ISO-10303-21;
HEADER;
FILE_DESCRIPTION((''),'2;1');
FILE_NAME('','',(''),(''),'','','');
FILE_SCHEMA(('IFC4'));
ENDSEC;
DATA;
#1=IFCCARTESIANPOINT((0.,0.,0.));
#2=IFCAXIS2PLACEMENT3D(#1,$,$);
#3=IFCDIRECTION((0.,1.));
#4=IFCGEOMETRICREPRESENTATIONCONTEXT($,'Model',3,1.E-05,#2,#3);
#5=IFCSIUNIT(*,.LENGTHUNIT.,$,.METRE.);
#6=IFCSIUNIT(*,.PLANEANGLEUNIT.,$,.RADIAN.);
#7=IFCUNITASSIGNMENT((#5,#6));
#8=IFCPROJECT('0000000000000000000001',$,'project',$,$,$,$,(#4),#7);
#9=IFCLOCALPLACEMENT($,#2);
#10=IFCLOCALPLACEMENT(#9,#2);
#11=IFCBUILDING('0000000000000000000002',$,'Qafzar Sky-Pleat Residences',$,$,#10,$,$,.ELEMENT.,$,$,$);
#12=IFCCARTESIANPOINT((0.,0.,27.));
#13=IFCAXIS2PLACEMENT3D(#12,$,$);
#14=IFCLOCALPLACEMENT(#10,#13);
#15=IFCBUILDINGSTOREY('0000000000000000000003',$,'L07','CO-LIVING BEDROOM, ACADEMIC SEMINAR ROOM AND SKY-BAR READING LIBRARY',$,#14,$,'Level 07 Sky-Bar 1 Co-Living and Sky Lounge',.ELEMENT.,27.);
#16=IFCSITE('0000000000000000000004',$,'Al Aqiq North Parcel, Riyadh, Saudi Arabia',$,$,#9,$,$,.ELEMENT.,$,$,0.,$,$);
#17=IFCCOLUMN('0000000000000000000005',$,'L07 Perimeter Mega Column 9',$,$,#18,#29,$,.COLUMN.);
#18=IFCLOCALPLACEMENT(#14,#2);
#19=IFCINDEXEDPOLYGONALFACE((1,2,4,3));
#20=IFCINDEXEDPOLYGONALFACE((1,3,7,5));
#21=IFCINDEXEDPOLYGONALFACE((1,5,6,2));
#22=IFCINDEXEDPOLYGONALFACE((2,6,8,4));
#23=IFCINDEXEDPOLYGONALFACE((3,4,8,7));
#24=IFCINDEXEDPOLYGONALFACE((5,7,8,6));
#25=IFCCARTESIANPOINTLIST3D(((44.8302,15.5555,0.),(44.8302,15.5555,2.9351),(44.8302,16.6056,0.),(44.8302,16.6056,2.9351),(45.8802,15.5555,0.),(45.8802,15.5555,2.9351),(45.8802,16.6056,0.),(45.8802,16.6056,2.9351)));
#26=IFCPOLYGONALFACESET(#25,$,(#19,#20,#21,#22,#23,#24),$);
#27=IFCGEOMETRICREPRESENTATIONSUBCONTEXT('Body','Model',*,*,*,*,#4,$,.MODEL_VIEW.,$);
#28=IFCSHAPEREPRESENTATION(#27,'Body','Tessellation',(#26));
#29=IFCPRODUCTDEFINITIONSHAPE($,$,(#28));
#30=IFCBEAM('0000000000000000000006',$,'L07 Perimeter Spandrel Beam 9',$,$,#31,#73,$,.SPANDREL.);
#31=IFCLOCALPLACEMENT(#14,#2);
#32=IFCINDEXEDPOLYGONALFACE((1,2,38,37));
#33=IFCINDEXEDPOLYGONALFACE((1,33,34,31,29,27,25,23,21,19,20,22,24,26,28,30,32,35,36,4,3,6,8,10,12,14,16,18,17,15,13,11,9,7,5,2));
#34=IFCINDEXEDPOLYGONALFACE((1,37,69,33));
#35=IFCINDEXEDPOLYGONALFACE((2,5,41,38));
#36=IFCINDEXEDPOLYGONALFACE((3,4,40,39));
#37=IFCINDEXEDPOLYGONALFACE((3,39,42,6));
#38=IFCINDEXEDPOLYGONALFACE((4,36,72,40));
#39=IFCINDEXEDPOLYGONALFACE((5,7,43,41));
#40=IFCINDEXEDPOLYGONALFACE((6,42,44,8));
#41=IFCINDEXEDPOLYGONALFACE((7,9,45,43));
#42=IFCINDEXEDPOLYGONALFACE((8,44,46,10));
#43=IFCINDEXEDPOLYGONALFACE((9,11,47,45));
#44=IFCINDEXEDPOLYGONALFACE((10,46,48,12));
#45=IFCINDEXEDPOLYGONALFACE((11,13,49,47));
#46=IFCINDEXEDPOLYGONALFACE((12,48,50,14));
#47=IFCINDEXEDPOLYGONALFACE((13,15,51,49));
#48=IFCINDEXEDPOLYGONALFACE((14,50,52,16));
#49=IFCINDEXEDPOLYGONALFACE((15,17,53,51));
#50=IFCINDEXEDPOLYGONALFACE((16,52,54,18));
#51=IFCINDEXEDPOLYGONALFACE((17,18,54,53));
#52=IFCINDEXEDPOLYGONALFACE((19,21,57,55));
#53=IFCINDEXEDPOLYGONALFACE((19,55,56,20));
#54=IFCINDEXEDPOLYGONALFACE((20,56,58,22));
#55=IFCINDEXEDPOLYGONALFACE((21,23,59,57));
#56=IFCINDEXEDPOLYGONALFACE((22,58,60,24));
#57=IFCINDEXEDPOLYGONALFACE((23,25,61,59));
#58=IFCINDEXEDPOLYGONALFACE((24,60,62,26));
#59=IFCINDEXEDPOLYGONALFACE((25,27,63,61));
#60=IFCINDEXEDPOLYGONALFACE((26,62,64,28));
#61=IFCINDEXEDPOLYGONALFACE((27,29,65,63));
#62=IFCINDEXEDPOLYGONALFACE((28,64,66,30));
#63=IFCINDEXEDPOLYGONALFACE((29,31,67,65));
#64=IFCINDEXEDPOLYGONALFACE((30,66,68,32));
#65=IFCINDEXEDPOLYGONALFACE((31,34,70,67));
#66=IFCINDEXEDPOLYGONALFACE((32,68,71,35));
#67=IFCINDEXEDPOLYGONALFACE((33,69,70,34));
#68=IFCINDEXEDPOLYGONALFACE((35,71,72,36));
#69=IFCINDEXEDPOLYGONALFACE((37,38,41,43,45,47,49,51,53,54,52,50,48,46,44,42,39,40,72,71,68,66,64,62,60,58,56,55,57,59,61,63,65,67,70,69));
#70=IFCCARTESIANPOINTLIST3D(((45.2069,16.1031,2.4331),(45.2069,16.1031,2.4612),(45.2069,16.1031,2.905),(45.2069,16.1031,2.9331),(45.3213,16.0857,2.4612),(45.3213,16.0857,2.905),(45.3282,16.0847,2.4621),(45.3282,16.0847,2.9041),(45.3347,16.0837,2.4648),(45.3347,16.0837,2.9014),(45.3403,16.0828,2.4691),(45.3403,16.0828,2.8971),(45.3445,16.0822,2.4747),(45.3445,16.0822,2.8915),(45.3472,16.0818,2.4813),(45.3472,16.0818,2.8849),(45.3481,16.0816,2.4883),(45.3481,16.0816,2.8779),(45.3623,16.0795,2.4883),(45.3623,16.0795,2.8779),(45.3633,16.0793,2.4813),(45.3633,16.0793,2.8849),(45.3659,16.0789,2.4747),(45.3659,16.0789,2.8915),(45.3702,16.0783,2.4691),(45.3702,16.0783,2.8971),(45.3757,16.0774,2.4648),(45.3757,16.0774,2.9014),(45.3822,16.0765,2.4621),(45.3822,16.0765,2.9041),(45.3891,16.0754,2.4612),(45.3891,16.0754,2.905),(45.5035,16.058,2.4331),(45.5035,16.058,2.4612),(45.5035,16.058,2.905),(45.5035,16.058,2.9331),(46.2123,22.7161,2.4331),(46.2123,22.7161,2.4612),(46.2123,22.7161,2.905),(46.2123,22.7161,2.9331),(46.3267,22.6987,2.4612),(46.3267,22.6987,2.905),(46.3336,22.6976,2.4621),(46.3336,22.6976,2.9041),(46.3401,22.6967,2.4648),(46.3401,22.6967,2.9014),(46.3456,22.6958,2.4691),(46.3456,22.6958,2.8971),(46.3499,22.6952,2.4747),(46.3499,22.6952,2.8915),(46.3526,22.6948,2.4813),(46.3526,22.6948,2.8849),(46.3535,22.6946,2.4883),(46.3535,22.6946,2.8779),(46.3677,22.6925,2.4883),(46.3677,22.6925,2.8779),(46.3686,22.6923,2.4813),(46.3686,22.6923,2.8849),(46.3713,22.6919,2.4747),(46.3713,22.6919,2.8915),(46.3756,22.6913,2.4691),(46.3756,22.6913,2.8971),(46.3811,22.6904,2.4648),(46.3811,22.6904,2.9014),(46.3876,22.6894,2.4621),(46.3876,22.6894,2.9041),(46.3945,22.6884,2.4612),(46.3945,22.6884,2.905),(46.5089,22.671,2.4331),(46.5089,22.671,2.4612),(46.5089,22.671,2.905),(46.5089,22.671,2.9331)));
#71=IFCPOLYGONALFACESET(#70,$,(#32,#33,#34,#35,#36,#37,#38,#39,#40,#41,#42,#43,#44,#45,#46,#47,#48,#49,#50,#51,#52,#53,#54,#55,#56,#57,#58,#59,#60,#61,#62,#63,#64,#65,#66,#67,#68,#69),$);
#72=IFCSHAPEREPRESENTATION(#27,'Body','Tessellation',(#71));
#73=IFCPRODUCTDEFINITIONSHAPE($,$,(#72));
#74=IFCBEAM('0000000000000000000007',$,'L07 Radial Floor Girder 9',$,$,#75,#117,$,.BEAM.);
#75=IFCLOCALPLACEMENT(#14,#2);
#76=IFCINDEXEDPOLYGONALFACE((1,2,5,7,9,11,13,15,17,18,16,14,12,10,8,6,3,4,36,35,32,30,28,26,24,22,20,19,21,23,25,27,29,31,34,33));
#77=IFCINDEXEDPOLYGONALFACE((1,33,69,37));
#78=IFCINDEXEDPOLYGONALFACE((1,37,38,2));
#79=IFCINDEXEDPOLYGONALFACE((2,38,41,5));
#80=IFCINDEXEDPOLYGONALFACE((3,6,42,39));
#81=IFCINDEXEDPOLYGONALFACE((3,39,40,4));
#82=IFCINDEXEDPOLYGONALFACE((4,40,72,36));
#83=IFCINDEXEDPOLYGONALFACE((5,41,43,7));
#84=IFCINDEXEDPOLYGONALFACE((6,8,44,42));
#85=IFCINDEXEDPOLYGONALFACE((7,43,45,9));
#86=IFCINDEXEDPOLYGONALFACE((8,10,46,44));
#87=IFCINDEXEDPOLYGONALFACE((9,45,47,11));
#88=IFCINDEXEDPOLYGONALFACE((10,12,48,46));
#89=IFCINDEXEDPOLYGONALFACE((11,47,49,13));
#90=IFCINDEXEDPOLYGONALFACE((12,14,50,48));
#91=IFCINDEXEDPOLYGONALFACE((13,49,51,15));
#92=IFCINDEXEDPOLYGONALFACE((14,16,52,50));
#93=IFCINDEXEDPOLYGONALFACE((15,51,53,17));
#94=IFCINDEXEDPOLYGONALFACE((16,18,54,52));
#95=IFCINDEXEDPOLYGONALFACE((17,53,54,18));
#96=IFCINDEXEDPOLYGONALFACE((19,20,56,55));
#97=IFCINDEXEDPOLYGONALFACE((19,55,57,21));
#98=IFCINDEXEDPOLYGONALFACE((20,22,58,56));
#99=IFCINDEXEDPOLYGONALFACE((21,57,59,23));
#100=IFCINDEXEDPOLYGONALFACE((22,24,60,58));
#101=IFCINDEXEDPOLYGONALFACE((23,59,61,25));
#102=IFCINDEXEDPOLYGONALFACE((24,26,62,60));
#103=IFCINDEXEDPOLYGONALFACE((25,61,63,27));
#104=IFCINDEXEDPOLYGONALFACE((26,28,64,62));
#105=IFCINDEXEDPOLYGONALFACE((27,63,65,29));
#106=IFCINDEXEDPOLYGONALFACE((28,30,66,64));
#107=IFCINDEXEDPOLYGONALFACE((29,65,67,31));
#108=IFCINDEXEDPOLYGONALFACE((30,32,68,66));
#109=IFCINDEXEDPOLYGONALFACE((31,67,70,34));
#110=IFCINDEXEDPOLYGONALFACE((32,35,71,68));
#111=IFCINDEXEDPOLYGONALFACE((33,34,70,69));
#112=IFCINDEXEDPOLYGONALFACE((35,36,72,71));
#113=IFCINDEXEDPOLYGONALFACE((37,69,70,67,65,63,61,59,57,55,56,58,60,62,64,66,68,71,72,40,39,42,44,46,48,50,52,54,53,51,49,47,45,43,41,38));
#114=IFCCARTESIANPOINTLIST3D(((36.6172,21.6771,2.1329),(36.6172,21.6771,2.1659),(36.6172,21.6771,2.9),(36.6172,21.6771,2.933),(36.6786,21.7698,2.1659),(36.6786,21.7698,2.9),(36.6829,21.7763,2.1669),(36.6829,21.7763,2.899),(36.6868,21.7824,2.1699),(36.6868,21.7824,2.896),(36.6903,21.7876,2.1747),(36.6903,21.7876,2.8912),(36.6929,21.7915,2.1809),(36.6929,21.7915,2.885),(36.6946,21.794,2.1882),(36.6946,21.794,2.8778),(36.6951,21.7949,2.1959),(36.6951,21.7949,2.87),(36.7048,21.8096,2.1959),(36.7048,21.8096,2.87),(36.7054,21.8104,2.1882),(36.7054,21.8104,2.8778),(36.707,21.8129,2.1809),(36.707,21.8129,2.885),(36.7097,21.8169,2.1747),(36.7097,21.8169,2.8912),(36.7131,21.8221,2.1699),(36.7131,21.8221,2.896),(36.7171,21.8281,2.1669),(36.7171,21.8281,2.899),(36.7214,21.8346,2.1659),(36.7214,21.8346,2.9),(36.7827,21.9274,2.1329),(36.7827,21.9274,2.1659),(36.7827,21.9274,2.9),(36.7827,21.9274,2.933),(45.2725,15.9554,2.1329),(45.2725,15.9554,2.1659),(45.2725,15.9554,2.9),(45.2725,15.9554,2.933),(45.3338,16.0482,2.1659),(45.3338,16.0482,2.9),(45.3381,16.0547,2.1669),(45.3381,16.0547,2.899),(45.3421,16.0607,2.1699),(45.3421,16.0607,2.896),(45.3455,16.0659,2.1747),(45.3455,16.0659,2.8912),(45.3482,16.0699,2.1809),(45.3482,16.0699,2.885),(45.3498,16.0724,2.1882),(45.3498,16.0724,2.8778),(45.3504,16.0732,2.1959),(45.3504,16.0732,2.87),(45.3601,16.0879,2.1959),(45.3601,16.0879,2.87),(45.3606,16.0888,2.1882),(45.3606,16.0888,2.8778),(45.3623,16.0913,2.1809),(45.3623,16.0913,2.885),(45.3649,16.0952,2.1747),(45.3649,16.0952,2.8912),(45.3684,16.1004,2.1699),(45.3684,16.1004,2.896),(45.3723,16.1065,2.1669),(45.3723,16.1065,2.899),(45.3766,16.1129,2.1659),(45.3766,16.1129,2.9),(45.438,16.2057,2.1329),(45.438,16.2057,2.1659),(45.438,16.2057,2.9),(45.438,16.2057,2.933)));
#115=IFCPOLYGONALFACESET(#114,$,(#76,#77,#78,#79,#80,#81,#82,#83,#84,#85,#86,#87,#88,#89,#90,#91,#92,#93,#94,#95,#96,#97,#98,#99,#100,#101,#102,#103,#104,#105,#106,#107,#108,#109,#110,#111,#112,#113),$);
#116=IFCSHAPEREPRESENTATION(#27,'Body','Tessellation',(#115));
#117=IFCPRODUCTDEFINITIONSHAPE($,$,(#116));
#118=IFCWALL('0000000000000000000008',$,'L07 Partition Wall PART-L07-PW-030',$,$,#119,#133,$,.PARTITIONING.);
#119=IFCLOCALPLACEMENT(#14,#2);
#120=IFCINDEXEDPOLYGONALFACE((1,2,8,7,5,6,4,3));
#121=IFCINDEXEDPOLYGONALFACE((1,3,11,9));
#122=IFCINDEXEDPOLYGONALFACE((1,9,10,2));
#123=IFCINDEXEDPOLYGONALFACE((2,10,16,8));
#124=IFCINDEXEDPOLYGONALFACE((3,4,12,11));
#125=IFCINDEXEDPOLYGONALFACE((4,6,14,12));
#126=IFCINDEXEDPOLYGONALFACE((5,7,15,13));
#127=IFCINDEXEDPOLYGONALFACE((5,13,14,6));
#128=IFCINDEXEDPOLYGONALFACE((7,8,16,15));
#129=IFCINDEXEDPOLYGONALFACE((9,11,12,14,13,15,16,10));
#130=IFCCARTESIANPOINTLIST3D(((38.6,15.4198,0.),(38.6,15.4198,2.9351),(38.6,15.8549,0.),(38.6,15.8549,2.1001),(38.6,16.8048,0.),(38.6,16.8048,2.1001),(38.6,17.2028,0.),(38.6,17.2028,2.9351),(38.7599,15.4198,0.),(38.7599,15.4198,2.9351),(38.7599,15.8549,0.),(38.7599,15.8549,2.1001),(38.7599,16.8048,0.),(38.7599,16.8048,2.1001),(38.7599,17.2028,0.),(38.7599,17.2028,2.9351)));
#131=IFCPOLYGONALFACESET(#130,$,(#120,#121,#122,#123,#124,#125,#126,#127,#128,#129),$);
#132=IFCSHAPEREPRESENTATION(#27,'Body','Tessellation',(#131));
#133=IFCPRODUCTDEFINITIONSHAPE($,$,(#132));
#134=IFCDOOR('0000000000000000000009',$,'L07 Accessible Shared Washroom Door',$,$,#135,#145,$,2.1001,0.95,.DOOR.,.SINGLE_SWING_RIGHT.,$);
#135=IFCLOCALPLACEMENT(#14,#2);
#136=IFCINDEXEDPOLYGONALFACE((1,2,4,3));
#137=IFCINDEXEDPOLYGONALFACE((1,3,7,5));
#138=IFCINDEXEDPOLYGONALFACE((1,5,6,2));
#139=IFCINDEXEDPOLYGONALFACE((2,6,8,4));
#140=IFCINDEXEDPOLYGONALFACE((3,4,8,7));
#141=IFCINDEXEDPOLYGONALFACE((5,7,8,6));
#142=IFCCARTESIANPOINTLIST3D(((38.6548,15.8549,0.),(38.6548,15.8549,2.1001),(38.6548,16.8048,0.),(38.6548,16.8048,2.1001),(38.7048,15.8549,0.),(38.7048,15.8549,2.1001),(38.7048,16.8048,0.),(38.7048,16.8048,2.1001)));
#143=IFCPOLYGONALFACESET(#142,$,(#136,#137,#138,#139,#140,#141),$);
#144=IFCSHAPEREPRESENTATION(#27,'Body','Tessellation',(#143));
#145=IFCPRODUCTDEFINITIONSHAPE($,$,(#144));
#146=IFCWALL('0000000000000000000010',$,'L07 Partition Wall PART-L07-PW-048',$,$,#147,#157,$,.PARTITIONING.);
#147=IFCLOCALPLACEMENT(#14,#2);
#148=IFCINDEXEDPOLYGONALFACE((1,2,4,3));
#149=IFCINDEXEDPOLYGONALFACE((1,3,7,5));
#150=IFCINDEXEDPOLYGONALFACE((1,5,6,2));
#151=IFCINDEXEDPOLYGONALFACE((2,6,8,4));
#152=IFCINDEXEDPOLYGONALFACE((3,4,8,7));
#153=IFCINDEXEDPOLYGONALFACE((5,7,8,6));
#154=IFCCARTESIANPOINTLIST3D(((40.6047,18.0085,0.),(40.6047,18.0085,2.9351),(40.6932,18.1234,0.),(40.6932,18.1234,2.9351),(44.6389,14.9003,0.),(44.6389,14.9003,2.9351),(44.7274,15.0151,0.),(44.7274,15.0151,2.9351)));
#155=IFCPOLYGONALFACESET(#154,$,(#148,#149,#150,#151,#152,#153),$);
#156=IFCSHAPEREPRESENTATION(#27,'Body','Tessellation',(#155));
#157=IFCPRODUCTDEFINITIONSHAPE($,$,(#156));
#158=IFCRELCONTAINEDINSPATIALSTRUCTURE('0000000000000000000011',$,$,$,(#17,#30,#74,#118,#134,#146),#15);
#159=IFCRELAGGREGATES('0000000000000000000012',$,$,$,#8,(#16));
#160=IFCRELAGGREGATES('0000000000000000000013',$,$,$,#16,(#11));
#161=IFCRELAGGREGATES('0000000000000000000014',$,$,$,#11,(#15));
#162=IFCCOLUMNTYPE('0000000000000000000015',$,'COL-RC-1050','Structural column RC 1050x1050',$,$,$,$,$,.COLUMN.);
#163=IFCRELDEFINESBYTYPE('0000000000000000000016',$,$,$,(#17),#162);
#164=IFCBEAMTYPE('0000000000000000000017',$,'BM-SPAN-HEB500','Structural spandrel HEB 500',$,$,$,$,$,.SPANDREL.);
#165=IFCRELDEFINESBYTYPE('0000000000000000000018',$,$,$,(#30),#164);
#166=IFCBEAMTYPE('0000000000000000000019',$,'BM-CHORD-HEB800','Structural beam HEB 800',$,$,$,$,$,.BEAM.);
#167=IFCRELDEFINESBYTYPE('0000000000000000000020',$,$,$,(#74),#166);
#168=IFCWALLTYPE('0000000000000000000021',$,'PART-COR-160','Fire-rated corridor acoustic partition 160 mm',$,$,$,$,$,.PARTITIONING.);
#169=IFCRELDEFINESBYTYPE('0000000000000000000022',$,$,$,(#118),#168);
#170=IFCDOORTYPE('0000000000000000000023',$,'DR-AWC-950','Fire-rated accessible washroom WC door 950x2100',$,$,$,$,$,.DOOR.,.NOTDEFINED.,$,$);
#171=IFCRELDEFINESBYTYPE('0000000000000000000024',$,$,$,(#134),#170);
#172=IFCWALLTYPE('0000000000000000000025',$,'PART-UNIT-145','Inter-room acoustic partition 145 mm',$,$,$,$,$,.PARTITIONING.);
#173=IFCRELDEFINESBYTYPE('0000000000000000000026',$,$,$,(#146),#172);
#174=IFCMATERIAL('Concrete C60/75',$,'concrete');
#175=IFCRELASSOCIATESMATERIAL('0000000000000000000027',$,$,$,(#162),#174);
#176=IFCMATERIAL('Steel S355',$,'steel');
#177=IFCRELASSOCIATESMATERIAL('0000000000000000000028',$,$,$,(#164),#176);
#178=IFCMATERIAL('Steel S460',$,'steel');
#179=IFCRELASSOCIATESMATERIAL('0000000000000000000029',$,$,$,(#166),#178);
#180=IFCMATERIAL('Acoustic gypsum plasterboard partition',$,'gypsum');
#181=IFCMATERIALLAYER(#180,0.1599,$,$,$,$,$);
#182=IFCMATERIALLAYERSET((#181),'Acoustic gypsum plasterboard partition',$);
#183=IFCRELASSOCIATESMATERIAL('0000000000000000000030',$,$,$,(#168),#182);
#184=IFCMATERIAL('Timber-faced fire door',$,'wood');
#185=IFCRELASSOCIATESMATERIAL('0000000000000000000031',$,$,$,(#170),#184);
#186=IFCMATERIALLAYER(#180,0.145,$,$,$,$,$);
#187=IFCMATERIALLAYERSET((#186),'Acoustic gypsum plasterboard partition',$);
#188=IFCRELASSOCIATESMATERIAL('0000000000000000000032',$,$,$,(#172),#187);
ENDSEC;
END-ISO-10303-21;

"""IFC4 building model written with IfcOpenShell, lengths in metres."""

from ifc_helpers import new_model, si_unit, direction, frame, frame_2d, origin, origin_2d, place, context, subcontext, project, spatial, rectangle, i_section, extrude, source, transform, mapped, material, layer, layer_set, material_profile, profile_set, type_object, element, fill, save


model = new_model("IFC4")

# Units and contexts
model_context = context("Model", 3, precision=1e-05, world=origin(), true_north=direction((0.0, 1.0)))
body_context = subcontext(model_context, "Body", "Model", "MODEL_VIEW")
ifc_project = project(units=[si_unit("LENGTHUNIT", "METRE"), si_unit("PLANEANGLEUNIT", "RADIAN")], contexts=[model_context])

# Site, building, storey
site_placement = place(None, origin())
site = spatial("IfcSite", under=ifc_project, at=site_placement, Name="Al Aqiq North Parcel, Riyadh, Saudi Arabia", CompositionType="ELEMENT", RefElevation=0.0)
building_placement = place(site_placement, origin())
building = spatial("IfcBuilding", under=site, at=building_placement, Name="Qafzar Sky-Pleat Residences", CompositionType="ELEMENT")
storey_placement = place(building_placement, frame((0.0, 0.0, 27.0)))
storey = spatial("IfcBuildingStorey", under=building, at=storey_placement, Name="L07", Description="CO-LIVING BEDROOM, ACADEMIC SEMINAR ROOM AND SKY-BAR READING LIBRARY", LongName="Level 07 Sky-Bar 1 Co-Living and Sky Lounge", CompositionType="ELEMENT", Elevation=27.0)

# Column
ifc_material_1 = material(Name="Concrete C60/75", Category="concrete")
ifc_material_profile_1 = material_profile(ifc_material_1, rectangle(XDim=1.05, YDim=1.05, at=origin_2d()), Name="RC 1050x1050")
ifc_profile_set_1 = profile_set([ifc_material_profile_1], Name="Concrete C60/75")
column_type = type_object("IfcColumnType", Name="COL-RC-1050", Description="Structural column RC 1050x1050", PredefinedType="COLUMN", material=ifc_profile_set_1)
shared_shape_1 = source(origin(), body_context, "Body", "SweptSolid", [
    extrude(rectangle(XDim=1.05, YDim=1.05, at=origin_2d()), origin(), (0.0, 0.0, 1.0), 2.9351),
])
column_placement = place(storey_placement, frame((45.3552, 16.0806, 0.0), z_axis=(0.0, 0.0, 1.0), x_axis=(1.0, 0.0, 0.0)))
element("IfcColumn", 1, at=column_placement, inside=storey, type_object=column_type, Name="L07 Perimeter Mega Column 9", PredefinedType="COLUMN", context=body_context, shape_type="MappedRepresentation", body=[
    mapped(shared_shape_1, transform((0.0, 0.0, 0.0), x_axis=(1.0, 0.0, 0.0), y_axis=(0.0, 1.0, 0.0), z_axis=(0.0, 0.0, 1.0), scale=1.0)),
])

# Beams
ifc_material_2 = material(Name="Steel S355", Category="steel")
ifc_material_profile_2 = material_profile(ifc_material_2, i_section(OverallWidth=0.3, OverallDepth=0.5, WebThickness=0.0144, FlangeThickness=0.0281, FilletRadius=0.0271, at=origin_2d()), Name="HEB 500")
ifc_profile_set_2 = profile_set([ifc_material_profile_2], Name="Steel S355")
beam_type_1 = type_object("IfcBeamType", Name="BM-SPAN-HEB500", Description="Structural spandrel HEB 500", PredefinedType="SPANDREL", material=ifc_profile_set_2)
shared_shape_2 = source(origin(), body_context, "Body", "SweptSolid", [
    extrude(i_section(OverallWidth=0.3, OverallDepth=0.5, WebThickness=0.0144, FlangeThickness=0.0281, FilletRadius=0.0271, at=origin_2d()), origin(), (0.0, 0.0, 1.0), 6.689),
])
beam_1_placement = place(storey_placement, frame((45.3552, 16.0806, 2.6831), z_axis=(0.150302, 0.98864, 0.0), x_axis=(-0.98864, 0.150302, 0.0)))
element("IfcBeam", 2, at=beam_1_placement, inside=storey, type_object=beam_type_1, Name="L07 Perimeter Spandrel Beam 9", PredefinedType="SPANDREL", context=body_context, shape_type="MappedRepresentation", body=[
    mapped(shared_shape_2, transform((0.0, 0.0, 0.0), x_axis=(1.0, 0.0, 0.0), y_axis=(0.0, 1.0, 0.0), z_axis=(0.0, 0.0, 1.0), scale=1.0)),
])
ifc_material_3 = material(Name="Steel S460", Category="steel")
ifc_material_profile_3 = material_profile(ifc_material_3, i_section(OverallWidth=0.3, OverallDepth=0.8, WebThickness=0.0176, FlangeThickness=0.033, FilletRadius=0.03, at=origin_2d()), Name="HEB 800")
ifc_profile_set_3 = profile_set([ifc_material_profile_3], Name="Steel S460")
beam_type_2 = type_object("IfcBeamType", Name="BM-CHORD-HEB800", Description="Structural beam HEB 800", PredefinedType="BEAM", material=ifc_profile_set_3)
shared_shape_3 = source(origin(), body_context, "Body", "SweptSolid", [
    extrude(i_section(OverallWidth=0.3, OverallDepth=0.8, WebThickness=0.0176, FlangeThickness=0.033, FilletRadius=0.03, at=origin_2d()), origin(), (0.0, 0.0, 1.0), 10.3755),
])
beam_2_placement = place(storey_placement, frame((45.3552, 16.0806, 2.533), z_axis=(-0.834202, 0.55146, 0.0), x_axis=(-0.55146, -0.834202, 0.0)))
element("IfcBeam", 3, at=beam_2_placement, inside=storey, type_object=beam_type_2, Name="L07 Radial Floor Girder 9", PredefinedType="BEAM", context=body_context, shape_type="MappedRepresentation", body=[
    mapped(shared_shape_3, transform((0.0, 0.0, 0.0), x_axis=(1.0, 0.0, 0.0), y_axis=(0.0, 1.0, 0.0), z_axis=(0.0, 0.0, 1.0), scale=1.0)),
])

# Wall, opening, door
ifc_material_4 = material(Name="Acoustic gypsum plasterboard partition", Category="gypsum")
ifc_layer_1 = layer(ifc_material_4, 0.1599)
ifc_layer_set_1 = layer_set([ifc_layer_1], Name="Acoustic gypsum plasterboard partition")
wall_type_1 = type_object("IfcWallType", Name="PART-COR-160", Description="Fire-rated corridor acoustic partition 160 mm", PredefinedType="PARTITIONING", material=ifc_layer_set_1)
wall_1_placement = place(storey_placement, frame((38.6799, 17.2029, 0.0), z_axis=(0.0, 0.0, 1.0), x_axis=(0.0, -1.0, 0.0)))
wall_1 = element("IfcWall", 4, at=wall_1_placement, inside=storey, type_object=wall_type_1, Name="L07 Partition Wall PART-L07-PW-030", PredefinedType="PARTITIONING", context=body_context, shape_type="SweptSolid", body=[
    extrude(rectangle(XDim=1.783, YDim=0.1599, at=frame_2d((0.8916, 0.0))), origin(), (0.0, 0.0, 1.0), 2.9351),
])
opening_1_placement = place(wall_1_placement, frame((0.3979, 0.0, 0.0)))
opening_1 = element("IfcOpeningElement", 5, at=opening_1_placement, cuts=wall_1, PredefinedType="OPENING", context=body_context, shape_type="SweptSolid", body=[
    extrude(rectangle(XDim=0.95, YDim=2.1001, at=frame_2d((0.4751, 1.05))), frame((0.0, 0.0898, 0.0), z_axis=(0.0, -1.0, 0.0), x_axis=(1.0, 0.0, 0.0)), (0.0, 0.0, 1.0), 0.1799),
])
ifc_material_5 = material(Name="Timber-faced fire door", Category="wood")
door_type_1 = type_object("IfcDoorType", Name="DR-AWC-950", Description="Fire-rated accessible washroom WC door 950x2100", OperationType="NOTDEFINED", PredefinedType="DOOR", material=ifc_material_5)
shared_shape_4 = source(origin(), body_context, "Body", "SweptSolid", [
    extrude(rectangle(XDim=0.95, YDim=2.1001, at=frame_2d((0.4751, 1.05))), frame((0.0, 0.0249, 0.0), z_axis=(0.0, -1.0, 0.0), x_axis=(1.0, 0.0, 0.0)), (0.0, 0.0, 1.0), 0.05),
])
door_1_placement = place(opening_1_placement, origin())
door_1 = element("IfcDoor", 6, at=door_1_placement, inside=storey, type_object=door_type_1, Name="L07 Accessible Shared Washroom Door", OperationType="SINGLE_SWING_RIGHT", OverallHeight=2.1001, OverallWidth=0.95, PredefinedType="DOOR", context=body_context, shape_type="MappedRepresentation", body=[
    mapped(shared_shape_4, transform((0.0, 0.0, 0.0), x_axis=(1.0, 0.0, 0.0), y_axis=(0.0, 1.0, 0.0), z_axis=(0.0, 0.0, 1.0), scale=1.0)),
])
fill(opening_1, door_1)

# Wall
ifc_layer_2 = layer(ifc_material_4, 0.145)
ifc_layer_set_2 = layer_set([ifc_layer_2], Name="Acoustic gypsum plasterboard partition")
wall_type_2 = type_object("IfcWallType", Name="PART-UNIT-145", Description="Inter-room acoustic partition 145 mm", PredefinedType="PARTITIONING", material=ifc_layer_set_2)
wall_2_placement = place(storey_placement, frame((40.6489, 18.0659, 0.0), z_axis=(0.0, 0.0, 1.0), x_axis=(0.792155, -0.61032, 0.0)))
element("IfcWall", 7, at=wall_2_placement, inside=storey, type_object=wall_type_2, Name="L07 Partition Wall PART-L07-PW-048", PredefinedType="PARTITIONING", context=body_context, shape_type="SweptSolid", body=[
    extrude(rectangle(XDim=5.0928, YDim=0.145, at=frame_2d((2.5464, 0.0))), origin(), (0.0, 0.0, 1.0), 2.9351),
])

save(model, "model.ifc")
